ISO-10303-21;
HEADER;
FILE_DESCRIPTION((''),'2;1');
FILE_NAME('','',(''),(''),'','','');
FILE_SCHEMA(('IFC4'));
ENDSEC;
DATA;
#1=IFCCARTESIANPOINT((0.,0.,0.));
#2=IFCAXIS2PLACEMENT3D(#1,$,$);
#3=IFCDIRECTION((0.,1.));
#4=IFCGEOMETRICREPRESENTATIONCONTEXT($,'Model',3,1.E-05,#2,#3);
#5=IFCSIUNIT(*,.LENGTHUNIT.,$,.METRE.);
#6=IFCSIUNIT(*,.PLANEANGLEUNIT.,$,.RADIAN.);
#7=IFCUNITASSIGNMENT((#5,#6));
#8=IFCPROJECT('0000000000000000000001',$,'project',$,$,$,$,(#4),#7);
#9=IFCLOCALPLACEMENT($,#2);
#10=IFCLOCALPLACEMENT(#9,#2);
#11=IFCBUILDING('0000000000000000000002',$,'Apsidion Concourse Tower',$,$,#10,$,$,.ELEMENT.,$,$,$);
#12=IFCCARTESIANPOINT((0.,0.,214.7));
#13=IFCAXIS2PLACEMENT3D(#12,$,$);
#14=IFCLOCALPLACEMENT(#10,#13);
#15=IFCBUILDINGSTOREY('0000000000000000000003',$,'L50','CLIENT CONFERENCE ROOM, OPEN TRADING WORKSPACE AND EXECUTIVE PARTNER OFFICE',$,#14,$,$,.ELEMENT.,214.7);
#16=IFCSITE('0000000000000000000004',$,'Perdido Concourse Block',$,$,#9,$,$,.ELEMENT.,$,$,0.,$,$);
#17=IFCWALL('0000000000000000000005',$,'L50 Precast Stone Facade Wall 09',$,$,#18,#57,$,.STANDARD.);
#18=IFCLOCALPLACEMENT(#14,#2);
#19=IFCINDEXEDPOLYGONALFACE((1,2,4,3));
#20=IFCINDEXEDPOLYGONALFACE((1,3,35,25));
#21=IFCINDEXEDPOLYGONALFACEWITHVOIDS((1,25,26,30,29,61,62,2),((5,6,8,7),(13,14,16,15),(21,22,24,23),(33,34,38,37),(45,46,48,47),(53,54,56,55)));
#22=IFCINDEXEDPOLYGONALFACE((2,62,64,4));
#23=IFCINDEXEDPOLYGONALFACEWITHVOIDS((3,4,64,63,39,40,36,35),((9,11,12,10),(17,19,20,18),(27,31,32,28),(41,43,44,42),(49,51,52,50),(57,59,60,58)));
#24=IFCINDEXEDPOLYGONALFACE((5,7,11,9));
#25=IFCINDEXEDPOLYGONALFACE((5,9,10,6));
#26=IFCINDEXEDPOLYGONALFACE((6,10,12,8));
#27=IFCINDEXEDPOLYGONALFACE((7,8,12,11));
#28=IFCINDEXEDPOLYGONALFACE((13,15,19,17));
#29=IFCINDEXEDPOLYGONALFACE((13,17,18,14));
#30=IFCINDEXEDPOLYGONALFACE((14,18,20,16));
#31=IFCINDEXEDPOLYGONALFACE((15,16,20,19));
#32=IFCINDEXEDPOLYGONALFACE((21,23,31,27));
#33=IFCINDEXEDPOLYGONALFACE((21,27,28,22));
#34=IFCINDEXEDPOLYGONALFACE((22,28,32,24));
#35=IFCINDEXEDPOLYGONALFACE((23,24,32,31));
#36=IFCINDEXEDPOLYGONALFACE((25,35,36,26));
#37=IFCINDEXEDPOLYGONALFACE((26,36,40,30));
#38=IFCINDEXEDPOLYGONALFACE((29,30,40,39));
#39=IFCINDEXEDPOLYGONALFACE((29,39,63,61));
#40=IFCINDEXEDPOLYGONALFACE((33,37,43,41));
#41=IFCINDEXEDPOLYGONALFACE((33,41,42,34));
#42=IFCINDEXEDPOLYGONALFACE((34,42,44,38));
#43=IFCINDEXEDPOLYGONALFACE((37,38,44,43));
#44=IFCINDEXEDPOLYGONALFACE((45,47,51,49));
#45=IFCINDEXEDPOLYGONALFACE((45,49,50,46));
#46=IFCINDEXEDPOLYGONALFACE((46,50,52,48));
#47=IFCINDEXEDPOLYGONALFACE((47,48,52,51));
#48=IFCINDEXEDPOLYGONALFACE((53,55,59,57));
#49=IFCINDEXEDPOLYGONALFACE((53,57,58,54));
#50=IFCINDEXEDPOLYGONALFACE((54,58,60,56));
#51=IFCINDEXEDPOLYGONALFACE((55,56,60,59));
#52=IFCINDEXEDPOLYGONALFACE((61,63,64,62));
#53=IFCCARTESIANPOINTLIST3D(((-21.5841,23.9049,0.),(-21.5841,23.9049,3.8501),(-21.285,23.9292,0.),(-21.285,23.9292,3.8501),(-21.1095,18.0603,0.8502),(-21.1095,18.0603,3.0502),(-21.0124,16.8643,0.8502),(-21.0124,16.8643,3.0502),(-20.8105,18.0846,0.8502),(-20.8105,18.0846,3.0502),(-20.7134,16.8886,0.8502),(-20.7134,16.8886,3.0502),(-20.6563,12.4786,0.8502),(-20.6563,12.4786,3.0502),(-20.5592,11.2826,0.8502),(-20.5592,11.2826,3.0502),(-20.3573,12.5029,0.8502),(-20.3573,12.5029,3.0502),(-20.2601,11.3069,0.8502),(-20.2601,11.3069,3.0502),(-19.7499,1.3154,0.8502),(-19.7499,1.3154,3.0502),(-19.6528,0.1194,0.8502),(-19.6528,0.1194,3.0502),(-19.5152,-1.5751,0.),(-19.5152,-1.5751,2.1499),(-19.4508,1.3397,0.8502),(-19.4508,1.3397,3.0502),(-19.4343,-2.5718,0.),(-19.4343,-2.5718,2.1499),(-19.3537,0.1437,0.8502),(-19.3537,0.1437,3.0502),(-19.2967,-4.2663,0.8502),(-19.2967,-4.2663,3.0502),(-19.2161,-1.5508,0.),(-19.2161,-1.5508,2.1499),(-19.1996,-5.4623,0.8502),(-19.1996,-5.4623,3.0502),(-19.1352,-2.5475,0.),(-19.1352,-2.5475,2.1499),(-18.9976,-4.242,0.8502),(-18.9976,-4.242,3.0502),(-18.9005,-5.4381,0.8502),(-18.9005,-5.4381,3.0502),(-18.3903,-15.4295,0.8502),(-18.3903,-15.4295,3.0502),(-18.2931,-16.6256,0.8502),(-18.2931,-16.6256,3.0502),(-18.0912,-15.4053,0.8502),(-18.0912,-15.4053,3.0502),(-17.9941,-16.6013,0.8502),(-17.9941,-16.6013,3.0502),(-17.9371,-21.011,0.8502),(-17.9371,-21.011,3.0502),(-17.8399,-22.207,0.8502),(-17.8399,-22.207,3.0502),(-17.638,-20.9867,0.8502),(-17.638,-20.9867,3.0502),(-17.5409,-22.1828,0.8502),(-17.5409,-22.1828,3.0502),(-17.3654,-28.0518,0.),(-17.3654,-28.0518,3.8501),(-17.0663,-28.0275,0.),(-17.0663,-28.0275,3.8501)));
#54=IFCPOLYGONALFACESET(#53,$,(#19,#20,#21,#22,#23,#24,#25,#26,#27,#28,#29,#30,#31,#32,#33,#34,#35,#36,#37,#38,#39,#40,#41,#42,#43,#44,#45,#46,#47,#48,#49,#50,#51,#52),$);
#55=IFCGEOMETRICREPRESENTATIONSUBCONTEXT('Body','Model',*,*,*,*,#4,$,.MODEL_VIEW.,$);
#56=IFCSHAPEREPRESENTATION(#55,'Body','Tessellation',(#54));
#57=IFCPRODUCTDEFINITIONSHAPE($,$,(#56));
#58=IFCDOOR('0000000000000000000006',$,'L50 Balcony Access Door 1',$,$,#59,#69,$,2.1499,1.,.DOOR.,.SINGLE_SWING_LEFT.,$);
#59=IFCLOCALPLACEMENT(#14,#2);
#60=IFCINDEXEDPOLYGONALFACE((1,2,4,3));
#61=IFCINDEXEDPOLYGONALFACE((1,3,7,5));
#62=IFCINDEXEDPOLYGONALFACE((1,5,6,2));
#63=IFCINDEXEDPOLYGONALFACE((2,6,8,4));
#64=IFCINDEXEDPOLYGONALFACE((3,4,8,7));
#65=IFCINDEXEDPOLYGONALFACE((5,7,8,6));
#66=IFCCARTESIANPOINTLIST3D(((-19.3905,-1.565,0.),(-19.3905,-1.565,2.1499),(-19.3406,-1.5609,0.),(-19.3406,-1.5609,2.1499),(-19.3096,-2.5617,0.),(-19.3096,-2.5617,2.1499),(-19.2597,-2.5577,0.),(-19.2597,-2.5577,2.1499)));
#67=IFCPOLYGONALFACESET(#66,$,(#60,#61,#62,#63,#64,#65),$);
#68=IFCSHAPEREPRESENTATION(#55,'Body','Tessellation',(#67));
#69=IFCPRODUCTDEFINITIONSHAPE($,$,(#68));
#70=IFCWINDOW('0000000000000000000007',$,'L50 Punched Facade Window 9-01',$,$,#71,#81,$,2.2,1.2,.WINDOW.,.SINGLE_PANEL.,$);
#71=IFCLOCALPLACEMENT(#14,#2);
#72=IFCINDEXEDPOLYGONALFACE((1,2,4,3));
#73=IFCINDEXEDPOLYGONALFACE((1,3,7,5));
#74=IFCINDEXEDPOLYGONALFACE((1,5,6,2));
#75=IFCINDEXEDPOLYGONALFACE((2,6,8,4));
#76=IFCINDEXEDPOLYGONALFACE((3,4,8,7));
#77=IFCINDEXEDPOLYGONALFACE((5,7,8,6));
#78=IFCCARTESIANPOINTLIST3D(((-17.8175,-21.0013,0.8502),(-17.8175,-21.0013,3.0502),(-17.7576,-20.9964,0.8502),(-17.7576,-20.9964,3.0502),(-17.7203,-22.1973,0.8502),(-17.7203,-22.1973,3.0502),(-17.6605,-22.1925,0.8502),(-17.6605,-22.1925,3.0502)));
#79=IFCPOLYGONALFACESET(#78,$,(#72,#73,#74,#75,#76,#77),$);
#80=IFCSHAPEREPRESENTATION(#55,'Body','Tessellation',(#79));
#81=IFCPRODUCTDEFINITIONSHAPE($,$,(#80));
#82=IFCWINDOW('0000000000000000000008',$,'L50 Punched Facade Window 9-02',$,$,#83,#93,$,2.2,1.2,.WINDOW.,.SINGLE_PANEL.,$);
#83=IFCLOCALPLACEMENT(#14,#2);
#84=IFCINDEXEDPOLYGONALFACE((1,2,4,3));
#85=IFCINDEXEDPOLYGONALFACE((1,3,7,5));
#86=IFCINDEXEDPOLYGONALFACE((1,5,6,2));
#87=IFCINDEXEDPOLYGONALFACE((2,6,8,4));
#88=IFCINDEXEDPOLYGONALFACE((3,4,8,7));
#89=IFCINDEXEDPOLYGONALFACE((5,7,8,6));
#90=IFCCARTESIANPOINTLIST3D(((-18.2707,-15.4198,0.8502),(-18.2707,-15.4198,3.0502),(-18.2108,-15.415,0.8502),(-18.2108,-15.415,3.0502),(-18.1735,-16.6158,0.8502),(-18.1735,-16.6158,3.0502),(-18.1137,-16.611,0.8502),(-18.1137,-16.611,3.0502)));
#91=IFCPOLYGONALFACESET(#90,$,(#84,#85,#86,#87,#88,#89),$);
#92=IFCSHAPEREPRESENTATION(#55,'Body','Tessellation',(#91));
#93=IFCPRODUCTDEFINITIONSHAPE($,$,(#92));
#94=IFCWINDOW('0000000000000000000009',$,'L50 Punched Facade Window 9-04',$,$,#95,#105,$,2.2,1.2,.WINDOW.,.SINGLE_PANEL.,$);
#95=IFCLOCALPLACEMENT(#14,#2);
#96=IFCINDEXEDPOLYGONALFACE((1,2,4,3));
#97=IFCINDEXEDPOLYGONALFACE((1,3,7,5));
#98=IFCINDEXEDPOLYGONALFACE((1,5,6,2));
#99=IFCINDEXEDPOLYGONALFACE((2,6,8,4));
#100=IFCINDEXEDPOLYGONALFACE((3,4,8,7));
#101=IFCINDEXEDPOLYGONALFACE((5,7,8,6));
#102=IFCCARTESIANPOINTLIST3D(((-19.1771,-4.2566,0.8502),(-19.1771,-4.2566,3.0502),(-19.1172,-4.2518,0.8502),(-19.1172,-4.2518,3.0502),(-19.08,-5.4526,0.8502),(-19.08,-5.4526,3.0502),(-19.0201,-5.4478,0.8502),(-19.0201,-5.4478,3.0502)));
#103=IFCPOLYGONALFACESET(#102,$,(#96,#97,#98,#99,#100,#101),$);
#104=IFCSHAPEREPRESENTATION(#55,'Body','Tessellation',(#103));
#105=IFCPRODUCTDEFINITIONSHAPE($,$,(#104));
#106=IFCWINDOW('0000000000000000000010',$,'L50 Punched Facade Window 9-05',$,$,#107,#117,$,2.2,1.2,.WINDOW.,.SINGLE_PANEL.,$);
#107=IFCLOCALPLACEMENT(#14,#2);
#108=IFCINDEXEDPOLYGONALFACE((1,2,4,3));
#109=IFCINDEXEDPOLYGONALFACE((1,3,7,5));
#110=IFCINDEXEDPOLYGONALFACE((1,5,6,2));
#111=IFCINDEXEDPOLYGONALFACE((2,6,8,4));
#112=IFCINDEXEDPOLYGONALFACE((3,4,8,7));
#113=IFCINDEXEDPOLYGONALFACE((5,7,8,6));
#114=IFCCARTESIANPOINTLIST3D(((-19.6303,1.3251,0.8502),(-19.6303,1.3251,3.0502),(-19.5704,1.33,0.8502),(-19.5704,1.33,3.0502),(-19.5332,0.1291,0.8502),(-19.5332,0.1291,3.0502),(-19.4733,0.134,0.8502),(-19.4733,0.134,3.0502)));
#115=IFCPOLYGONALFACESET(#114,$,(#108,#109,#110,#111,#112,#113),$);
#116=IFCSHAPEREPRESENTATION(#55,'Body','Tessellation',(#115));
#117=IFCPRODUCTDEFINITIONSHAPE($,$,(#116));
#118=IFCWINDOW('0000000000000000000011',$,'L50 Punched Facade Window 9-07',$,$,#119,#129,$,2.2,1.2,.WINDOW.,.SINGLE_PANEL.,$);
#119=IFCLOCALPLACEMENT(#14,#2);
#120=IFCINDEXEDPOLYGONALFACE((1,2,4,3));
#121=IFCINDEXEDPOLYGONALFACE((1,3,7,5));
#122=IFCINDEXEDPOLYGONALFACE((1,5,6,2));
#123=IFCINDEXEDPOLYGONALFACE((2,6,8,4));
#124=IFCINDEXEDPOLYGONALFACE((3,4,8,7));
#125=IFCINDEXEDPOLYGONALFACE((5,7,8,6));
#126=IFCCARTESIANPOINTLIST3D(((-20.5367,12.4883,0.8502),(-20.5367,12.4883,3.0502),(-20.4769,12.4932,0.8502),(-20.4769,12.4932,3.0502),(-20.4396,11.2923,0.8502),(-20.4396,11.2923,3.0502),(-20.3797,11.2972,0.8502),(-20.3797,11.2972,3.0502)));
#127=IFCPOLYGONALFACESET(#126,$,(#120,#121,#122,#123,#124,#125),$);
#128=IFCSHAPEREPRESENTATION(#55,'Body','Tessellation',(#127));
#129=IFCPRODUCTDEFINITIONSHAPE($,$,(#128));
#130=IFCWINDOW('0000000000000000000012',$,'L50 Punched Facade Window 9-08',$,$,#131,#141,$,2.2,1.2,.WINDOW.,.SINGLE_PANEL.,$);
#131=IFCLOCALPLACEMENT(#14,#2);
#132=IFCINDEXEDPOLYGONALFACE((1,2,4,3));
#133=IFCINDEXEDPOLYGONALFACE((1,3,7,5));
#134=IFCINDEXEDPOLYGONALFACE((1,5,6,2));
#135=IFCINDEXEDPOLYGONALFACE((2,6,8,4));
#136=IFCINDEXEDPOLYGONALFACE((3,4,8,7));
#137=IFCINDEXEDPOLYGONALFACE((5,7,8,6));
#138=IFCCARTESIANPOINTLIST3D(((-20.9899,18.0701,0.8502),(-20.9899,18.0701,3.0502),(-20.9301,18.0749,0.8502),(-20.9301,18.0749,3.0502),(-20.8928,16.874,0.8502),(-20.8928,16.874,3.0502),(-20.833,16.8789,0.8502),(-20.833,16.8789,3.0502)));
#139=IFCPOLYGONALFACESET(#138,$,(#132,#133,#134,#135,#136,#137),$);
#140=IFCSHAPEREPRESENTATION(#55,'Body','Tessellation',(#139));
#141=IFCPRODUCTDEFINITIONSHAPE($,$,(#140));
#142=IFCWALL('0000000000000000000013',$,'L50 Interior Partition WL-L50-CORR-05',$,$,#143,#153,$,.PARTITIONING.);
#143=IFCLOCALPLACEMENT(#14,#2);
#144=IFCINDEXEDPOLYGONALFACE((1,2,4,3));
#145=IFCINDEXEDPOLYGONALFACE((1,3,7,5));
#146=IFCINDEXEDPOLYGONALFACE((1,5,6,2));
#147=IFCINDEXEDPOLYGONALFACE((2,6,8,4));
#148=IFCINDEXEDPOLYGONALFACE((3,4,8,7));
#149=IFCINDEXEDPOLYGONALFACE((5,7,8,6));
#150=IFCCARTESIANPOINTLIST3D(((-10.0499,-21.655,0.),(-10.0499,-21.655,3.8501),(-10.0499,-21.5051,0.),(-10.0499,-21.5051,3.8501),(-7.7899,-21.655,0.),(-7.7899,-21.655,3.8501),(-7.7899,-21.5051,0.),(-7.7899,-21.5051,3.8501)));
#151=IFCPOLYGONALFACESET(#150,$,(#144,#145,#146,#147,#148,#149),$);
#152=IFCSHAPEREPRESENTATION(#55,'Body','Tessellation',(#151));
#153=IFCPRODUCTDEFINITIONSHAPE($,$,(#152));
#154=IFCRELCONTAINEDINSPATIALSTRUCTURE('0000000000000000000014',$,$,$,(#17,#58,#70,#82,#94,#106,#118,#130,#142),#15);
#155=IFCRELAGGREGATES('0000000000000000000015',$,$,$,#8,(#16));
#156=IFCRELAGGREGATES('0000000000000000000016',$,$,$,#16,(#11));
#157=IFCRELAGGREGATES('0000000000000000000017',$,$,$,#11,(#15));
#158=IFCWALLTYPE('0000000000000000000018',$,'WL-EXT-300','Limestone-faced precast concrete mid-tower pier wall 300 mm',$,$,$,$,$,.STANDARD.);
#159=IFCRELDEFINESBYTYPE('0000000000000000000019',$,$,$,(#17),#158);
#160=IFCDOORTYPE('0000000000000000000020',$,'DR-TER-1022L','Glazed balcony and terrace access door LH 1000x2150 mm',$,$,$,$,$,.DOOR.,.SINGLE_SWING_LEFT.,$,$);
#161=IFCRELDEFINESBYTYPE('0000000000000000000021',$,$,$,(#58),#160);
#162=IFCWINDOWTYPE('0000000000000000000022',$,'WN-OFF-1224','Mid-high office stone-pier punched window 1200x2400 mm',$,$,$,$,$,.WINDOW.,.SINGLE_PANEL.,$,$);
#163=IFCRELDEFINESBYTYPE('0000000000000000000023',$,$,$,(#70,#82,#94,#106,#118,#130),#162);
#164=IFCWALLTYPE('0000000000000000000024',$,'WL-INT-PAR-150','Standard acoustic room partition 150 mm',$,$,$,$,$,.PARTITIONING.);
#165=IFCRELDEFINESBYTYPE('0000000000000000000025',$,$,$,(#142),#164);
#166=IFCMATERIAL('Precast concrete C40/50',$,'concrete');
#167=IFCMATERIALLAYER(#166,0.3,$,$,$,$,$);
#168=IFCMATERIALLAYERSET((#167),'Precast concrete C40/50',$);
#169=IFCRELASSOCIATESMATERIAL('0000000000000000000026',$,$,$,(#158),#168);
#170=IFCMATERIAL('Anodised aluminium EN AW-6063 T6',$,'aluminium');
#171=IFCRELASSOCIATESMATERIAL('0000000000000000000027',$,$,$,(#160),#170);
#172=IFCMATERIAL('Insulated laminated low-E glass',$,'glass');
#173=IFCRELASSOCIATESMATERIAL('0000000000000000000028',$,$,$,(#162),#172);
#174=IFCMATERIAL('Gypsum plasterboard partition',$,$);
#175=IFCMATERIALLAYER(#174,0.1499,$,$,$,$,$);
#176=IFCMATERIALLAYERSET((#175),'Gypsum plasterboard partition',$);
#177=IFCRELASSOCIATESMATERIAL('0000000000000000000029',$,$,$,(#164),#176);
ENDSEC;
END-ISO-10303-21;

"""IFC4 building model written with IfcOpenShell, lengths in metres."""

from ifc_helpers import new_model, si_unit, direction, frame, frame_2d, origin, place, context, subcontext, project, spatial, rectangle, extrude, material, layer, layer_set, type_object, element, fill, save


model = new_model("IFC4")

# Units and contexts
model_context = context("Model", 3, precision=1e-05, world=origin(), true_north=direction((0.0, 1.0)))
body_context = subcontext(model_context, "Body", "Model", "MODEL_VIEW")
ifc_project = project(units=[si_unit("LENGTHUNIT", "METRE"), si_unit("PLANEANGLEUNIT", "RADIAN")], contexts=[model_context])

# Site, building, storey
site_placement = place(None, origin())
site = spatial("IfcSite", under=ifc_project, at=site_placement, Name="Perdido Concourse Block", CompositionType="ELEMENT", RefElevation=0.0)
building_placement = place(site_placement, origin())
building = spatial("IfcBuilding", under=site, at=building_placement, Name="Apsidion Concourse Tower", CompositionType="ELEMENT")
storey_placement = place(building_placement, frame((0.0, 0.0, 214.7)))
storey = spatial("IfcBuildingStorey", under=building, at=storey_placement, Name="L50", Description="CLIENT CONFERENCE ROOM, OPEN TRADING WORKSPACE AND EXECUTIVE PARTNER OFFICE", CompositionType="ELEMENT", Elevation=214.7)

# Shared definitions
ifc_material_1 = material(Name="Precast concrete C40/50", Category="concrete")
ifc_layer_1 = layer(ifc_material_1, 0.3)
ifc_layer_set_1 = layer_set([ifc_layer_1], Name="Precast concrete C40/50")
wall_type_1 = type_object("IfcWallType", Name="WL-EXT-300", Description="Limestone-faced precast concrete mid-tower pier wall 300 mm", PredefinedType="STANDARD", material=ifc_layer_set_1)

# Wall, openings, door, windows
wall_1_placement = place(storey_placement, frame((-17.2158, -28.0398, 0.0), z_axis=(0.0, 0.0, 1.0), x_axis=(-0.080931, 0.99672, 0.0)))
wall_1 = element("IfcWall", 1, at=wall_1_placement, inside=storey, type_object=wall_type_1, Name="L50 Precast Stone Facade Wall 09", PredefinedType="STANDARD", context=body_context, shape_type="SweptSolid", body=[
    extrude(rectangle(XDim=52.1277, YDim=0.3, at=frame_2d((26.064, 0.0))), origin(), (0.0, 0.0, 1.0), 3.8501),
])
opening_1_placement = place(wall_1_placement, frame((25.564, 0.0, 0.0)))
opening_1 = element("IfcOpeningElement", 2, at=opening_1_placement, cuts=wall_1, PredefinedType="OPENING", context=body_context, shape_type="SweptSolid", body=[
    extrude(rectangle(XDim=1.0, YDim=2.1499, at=frame_2d((0.5, 1.075))), frame((0.0, 0.1602, 0.0), z_axis=(0.0, -1.0, 0.0), x_axis=(1.0, 0.0, 0.0)), (0.0, 0.0, 1.0), 0.3201),
])
opening_2_placement = place(wall_1_placement, frame((5.864, 0.0, 0.8501)))
opening_2 = element("IfcOpeningElement", 3, at=opening_2_placement, cuts=wall_1, PredefinedType="OPENING", context=body_context, shape_type="SweptSolid", body=[
    extrude(rectangle(XDim=1.2, YDim=2.2, at=frame_2d((0.6001, 1.1001))), frame((0.0, 0.1602, 0.0), z_axis=(0.0, -1.0, 0.0), x_axis=(1.0, 0.0, 0.0)), (0.0, 0.0, 1.0), 0.3201),
])
opening_3_placement = place(wall_1_placement, frame((11.4639, 0.0, 0.8501)))
opening_3 = element("IfcOpeningElement", 4, at=opening_3_placement, cuts=wall_1, PredefinedType="OPENING", context=body_context, shape_type="SweptSolid", body=[
    extrude(rectangle(XDim=1.2, YDim=2.2, at=frame_2d((0.6001, 1.1001))), frame((0.0, 0.1602, 0.0), z_axis=(0.0, -1.0, 0.0), x_axis=(1.0, 0.0, 0.0)), (0.0, 0.0, 1.0), 0.3201),
])
opening_4_placement = place(wall_1_placement, frame((22.6638, 0.0, 0.8501)))
opening_4 = element("IfcOpeningElement", 5, at=opening_4_placement, cuts=wall_1, PredefinedType="OPENING", context=body_context, shape_type="SweptSolid", body=[
    extrude(rectangle(XDim=1.2, YDim=2.2, at=frame_2d((0.6001, 1.1001))), frame((0.0, 0.1602, 0.0), z_axis=(0.0, -1.0, 0.0), x_axis=(1.0, 0.0, 0.0)), (0.0, 0.0, 1.0), 0.3201),
])
opening_5_placement = place(wall_1_placement, frame((28.2639, 0.0, 0.8501)))
opening_5 = element("IfcOpeningElement", 6, at=opening_5_placement, cuts=wall_1, PredefinedType="OPENING", context=body_context, shape_type="SweptSolid", body=[
    extrude(rectangle(XDim=1.2, YDim=2.2, at=frame_2d((0.6001, 1.1001))), frame((0.0, 0.1602, 0.0), z_axis=(0.0, -1.0, 0.0), x_axis=(1.0, 0.0, 0.0)), (0.0, 0.0, 1.0), 0.3201),
])
opening_6_placement = place(wall_1_placement, frame((39.4639, 0.0, 0.8501)))
opening_6 = element("IfcOpeningElement", 7, at=opening_6_placement, cuts=wall_1, PredefinedType="OPENING", context=body_context, shape_type="SweptSolid", body=[
    extrude(rectangle(XDim=1.2, YDim=2.2, at=frame_2d((0.6001, 1.1001))), frame((0.0, 0.1602, 0.0), z_axis=(0.0, -1.0, 0.0), x_axis=(1.0, 0.0, 0.0)), (0.0, 0.0, 1.0), 0.3201),
])
opening_7_placement = place(wall_1_placement, frame((45.064, 0.0, 0.8501)))
opening_7 = element("IfcOpeningElement", 8, at=opening_7_placement, cuts=wall_1, PredefinedType="OPENING", context=body_context, shape_type="SweptSolid", body=[
    extrude(rectangle(XDim=1.2, YDim=2.2, at=frame_2d((0.6001, 1.1001))), frame((0.0, 0.1602, 0.0), z_axis=(0.0, -1.0, 0.0), x_axis=(1.0, 0.0, 0.0)), (0.0, 0.0, 1.0), 0.3201),
])
ifc_material_2 = material(Name="Anodised aluminium EN AW-6063 T6", Category="aluminium")
door_type_1 = type_object("IfcDoorType", Name="DR-TER-1022L", Description="Glazed balcony and terrace access door LH 1000x2150 mm", OperationType="SINGLE_SWING_LEFT", PredefinedType="DOOR", material=ifc_material_2)
door_1_placement = place(opening_1_placement, origin())
door_1 = element("IfcDoor", 9, at=door_1_placement, inside=storey, type_object=door_type_1, Name="L50 Balcony Access Door 1", OperationType="SINGLE_SWING_LEFT", OverallHeight=2.1499, OverallWidth=1.0, PredefinedType="DOOR", context=body_context, shape_type="SweptSolid", body=[
    extrude(rectangle(XDim=1.0, YDim=2.1499, at=frame_2d((0.5, 1.075))), frame((0.0, 0.0249, 0.0), z_axis=(0.0, -1.0, 0.0), x_axis=(1.0, 0.0, 0.0)), (0.0, 0.0, 1.0), 0.05),
])
fill(opening_1, door_1)
ifc_material_3 = material(Name="Insulated laminated low-E glass", Category="glass")
window_type = type_object("IfcWindowType", Name="WN-OFF-1224", Description="Mid-high office stone-pier punched window 1200x2400 mm", PartitioningType="SINGLE_PANEL", PredefinedType="WINDOW", material=ifc_material_3)
window_1_placement = place(opening_2_placement, origin())
window_1 = element("IfcWindow", 10, at=window_1_placement, inside=storey, type_object=window_type, Name="L50 Punched Facade Window 9-01", OverallHeight=2.2, OverallWidth=1.2, PartitioningType="SINGLE_PANEL", PredefinedType="WINDOW", context=body_context, shape_type="SweptSolid", body=[
    extrude(rectangle(XDim=1.2, YDim=2.2, at=frame_2d((0.6001, 1.1001))), frame((0.0, 0.03, 0.0), z_axis=(0.0, -1.0, 0.0), x_axis=(1.0, 0.0, 0.0)), (0.0, 0.0, 1.0), 0.0601),
])
fill(opening_2, window_1)
window_2_placement = place(opening_3_placement, origin())
window_2 = element("IfcWindow", 11, at=window_2_placement, inside=storey, type_object=window_type, Name="L50 Punched Facade Window 9-02", OverallHeight=2.2, OverallWidth=1.2, PartitioningType="SINGLE_PANEL", PredefinedType="WINDOW", context=body_context, shape_type="SweptSolid", body=[
    extrude(rectangle(XDim=1.2, YDim=2.2, at=frame_2d((0.6001, 1.1001))), frame((0.0, 0.03, 0.0), z_axis=(0.0, -1.0, 0.0), x_axis=(1.0, 0.0, 0.0)), (0.0, 0.0, 1.0), 0.0601),
])
fill(opening_3, window_2)
window_3_placement = place(opening_4_placement, origin())
window_3 = element("IfcWindow", 12, at=window_3_placement, inside=storey, type_object=window_type, Name="L50 Punched Facade Window 9-04", OverallHeight=2.2, OverallWidth=1.2, PartitioningType="SINGLE_PANEL", PredefinedType="WINDOW", context=body_context, shape_type="SweptSolid", body=[
    extrude(rectangle(XDim=1.2, YDim=2.2, at=frame_2d((0.6001, 1.1001))), frame((0.0, 0.03, 0.0), z_axis=(0.0, -1.0, 0.0), x_axis=(1.0, 0.0, 0.0)), (0.0, 0.0, 1.0), 0.0601),
])
fill(opening_4, window_3)
window_4_placement = place(opening_5_placement, origin())
window_4 = element("IfcWindow", 13, at=window_4_placement, inside=storey, type_object=window_type, Name="L50 Punched Facade Window 9-05", OverallHeight=2.2, OverallWidth=1.2, PartitioningType="SINGLE_PANEL", PredefinedType="WINDOW", context=body_context, shape_type="SweptSolid", body=[
    extrude(rectangle(XDim=1.2, YDim=2.2, at=frame_2d((0.6001, 1.1001))), frame((0.0, 0.03, 0.0), z_axis=(0.0, -1.0, 0.0), x_axis=(1.0, 0.0, 0.0)), (0.0, 0.0, 1.0), 0.0601),
])
fill(opening_5, window_4)
window_5_placement = place(opening_6_placement, origin())
window_5 = element("IfcWindow", 14, at=window_5_placement, inside=storey, type_object=window_type, Name="L50 Punched Facade Window 9-07", OverallHeight=2.2, OverallWidth=1.2, PartitioningType="SINGLE_PANEL", PredefinedType="WINDOW", context=body_context, shape_type="SweptSolid", body=[
    extrude(rectangle(XDim=1.2, YDim=2.2, at=frame_2d((0.6001, 1.1001))), frame((0.0, 0.03, 0.0), z_axis=(0.0, -1.0, 0.0), x_axis=(1.0, 0.0, 0.0)), (0.0, 0.0, 1.0), 0.0601),
])
fill(opening_6, window_5)
window_6_placement = place(opening_7_placement, origin())
window_6 = element("IfcWindow", 15, at=window_6_placement, inside=storey, type_object=window_type, Name="L50 Punched Facade Window 9-08", OverallHeight=2.2, OverallWidth=1.2, PartitioningType="SINGLE_PANEL", PredefinedType="WINDOW", context=body_context, shape_type="SweptSolid", body=[
    extrude(rectangle(XDim=1.2, YDim=2.2, at=frame_2d((0.6001, 1.1001))), frame((0.0, 0.03, 0.0), z_axis=(0.0, -1.0, 0.0), x_axis=(1.0, 0.0, 0.0)), (0.0, 0.0, 1.0), 0.0601),
])
fill(opening_7, window_6)

# Wall
ifc_material_4 = material(Name="Gypsum plasterboard partition")
ifc_layer_2 = layer(ifc_material_4, 0.1499)
ifc_layer_set_2 = layer_set([ifc_layer_2], Name="Gypsum plasterboard partition")
wall_type_2 = type_object("IfcWallType", Name="WL-INT-PAR-150", Description="Standard acoustic room partition 150 mm", PredefinedType="PARTITIONING", material=ifc_layer_set_2)
wall_2_placement = place(storey_placement, frame((-7.79, -21.5801, 0.0), z_axis=(0.0, 0.0, 1.0), x_axis=(-1.0, 0.0, 0.0)))
element("IfcWall", 16, at=wall_2_placement, inside=storey, type_object=wall_type_2, Name="L50 Interior Partition WL-L50-CORR-05", PredefinedType="PARTITIONING", context=body_context, shape_type="SweptSolid", body=[
    extrude(rectangle(XDim=2.26, YDim=0.1499, at=frame_2d((1.1299, 0.0))), origin(), (0.0, 0.0, 1.0), 3.8501),
])

save(model, "model.ifc")
